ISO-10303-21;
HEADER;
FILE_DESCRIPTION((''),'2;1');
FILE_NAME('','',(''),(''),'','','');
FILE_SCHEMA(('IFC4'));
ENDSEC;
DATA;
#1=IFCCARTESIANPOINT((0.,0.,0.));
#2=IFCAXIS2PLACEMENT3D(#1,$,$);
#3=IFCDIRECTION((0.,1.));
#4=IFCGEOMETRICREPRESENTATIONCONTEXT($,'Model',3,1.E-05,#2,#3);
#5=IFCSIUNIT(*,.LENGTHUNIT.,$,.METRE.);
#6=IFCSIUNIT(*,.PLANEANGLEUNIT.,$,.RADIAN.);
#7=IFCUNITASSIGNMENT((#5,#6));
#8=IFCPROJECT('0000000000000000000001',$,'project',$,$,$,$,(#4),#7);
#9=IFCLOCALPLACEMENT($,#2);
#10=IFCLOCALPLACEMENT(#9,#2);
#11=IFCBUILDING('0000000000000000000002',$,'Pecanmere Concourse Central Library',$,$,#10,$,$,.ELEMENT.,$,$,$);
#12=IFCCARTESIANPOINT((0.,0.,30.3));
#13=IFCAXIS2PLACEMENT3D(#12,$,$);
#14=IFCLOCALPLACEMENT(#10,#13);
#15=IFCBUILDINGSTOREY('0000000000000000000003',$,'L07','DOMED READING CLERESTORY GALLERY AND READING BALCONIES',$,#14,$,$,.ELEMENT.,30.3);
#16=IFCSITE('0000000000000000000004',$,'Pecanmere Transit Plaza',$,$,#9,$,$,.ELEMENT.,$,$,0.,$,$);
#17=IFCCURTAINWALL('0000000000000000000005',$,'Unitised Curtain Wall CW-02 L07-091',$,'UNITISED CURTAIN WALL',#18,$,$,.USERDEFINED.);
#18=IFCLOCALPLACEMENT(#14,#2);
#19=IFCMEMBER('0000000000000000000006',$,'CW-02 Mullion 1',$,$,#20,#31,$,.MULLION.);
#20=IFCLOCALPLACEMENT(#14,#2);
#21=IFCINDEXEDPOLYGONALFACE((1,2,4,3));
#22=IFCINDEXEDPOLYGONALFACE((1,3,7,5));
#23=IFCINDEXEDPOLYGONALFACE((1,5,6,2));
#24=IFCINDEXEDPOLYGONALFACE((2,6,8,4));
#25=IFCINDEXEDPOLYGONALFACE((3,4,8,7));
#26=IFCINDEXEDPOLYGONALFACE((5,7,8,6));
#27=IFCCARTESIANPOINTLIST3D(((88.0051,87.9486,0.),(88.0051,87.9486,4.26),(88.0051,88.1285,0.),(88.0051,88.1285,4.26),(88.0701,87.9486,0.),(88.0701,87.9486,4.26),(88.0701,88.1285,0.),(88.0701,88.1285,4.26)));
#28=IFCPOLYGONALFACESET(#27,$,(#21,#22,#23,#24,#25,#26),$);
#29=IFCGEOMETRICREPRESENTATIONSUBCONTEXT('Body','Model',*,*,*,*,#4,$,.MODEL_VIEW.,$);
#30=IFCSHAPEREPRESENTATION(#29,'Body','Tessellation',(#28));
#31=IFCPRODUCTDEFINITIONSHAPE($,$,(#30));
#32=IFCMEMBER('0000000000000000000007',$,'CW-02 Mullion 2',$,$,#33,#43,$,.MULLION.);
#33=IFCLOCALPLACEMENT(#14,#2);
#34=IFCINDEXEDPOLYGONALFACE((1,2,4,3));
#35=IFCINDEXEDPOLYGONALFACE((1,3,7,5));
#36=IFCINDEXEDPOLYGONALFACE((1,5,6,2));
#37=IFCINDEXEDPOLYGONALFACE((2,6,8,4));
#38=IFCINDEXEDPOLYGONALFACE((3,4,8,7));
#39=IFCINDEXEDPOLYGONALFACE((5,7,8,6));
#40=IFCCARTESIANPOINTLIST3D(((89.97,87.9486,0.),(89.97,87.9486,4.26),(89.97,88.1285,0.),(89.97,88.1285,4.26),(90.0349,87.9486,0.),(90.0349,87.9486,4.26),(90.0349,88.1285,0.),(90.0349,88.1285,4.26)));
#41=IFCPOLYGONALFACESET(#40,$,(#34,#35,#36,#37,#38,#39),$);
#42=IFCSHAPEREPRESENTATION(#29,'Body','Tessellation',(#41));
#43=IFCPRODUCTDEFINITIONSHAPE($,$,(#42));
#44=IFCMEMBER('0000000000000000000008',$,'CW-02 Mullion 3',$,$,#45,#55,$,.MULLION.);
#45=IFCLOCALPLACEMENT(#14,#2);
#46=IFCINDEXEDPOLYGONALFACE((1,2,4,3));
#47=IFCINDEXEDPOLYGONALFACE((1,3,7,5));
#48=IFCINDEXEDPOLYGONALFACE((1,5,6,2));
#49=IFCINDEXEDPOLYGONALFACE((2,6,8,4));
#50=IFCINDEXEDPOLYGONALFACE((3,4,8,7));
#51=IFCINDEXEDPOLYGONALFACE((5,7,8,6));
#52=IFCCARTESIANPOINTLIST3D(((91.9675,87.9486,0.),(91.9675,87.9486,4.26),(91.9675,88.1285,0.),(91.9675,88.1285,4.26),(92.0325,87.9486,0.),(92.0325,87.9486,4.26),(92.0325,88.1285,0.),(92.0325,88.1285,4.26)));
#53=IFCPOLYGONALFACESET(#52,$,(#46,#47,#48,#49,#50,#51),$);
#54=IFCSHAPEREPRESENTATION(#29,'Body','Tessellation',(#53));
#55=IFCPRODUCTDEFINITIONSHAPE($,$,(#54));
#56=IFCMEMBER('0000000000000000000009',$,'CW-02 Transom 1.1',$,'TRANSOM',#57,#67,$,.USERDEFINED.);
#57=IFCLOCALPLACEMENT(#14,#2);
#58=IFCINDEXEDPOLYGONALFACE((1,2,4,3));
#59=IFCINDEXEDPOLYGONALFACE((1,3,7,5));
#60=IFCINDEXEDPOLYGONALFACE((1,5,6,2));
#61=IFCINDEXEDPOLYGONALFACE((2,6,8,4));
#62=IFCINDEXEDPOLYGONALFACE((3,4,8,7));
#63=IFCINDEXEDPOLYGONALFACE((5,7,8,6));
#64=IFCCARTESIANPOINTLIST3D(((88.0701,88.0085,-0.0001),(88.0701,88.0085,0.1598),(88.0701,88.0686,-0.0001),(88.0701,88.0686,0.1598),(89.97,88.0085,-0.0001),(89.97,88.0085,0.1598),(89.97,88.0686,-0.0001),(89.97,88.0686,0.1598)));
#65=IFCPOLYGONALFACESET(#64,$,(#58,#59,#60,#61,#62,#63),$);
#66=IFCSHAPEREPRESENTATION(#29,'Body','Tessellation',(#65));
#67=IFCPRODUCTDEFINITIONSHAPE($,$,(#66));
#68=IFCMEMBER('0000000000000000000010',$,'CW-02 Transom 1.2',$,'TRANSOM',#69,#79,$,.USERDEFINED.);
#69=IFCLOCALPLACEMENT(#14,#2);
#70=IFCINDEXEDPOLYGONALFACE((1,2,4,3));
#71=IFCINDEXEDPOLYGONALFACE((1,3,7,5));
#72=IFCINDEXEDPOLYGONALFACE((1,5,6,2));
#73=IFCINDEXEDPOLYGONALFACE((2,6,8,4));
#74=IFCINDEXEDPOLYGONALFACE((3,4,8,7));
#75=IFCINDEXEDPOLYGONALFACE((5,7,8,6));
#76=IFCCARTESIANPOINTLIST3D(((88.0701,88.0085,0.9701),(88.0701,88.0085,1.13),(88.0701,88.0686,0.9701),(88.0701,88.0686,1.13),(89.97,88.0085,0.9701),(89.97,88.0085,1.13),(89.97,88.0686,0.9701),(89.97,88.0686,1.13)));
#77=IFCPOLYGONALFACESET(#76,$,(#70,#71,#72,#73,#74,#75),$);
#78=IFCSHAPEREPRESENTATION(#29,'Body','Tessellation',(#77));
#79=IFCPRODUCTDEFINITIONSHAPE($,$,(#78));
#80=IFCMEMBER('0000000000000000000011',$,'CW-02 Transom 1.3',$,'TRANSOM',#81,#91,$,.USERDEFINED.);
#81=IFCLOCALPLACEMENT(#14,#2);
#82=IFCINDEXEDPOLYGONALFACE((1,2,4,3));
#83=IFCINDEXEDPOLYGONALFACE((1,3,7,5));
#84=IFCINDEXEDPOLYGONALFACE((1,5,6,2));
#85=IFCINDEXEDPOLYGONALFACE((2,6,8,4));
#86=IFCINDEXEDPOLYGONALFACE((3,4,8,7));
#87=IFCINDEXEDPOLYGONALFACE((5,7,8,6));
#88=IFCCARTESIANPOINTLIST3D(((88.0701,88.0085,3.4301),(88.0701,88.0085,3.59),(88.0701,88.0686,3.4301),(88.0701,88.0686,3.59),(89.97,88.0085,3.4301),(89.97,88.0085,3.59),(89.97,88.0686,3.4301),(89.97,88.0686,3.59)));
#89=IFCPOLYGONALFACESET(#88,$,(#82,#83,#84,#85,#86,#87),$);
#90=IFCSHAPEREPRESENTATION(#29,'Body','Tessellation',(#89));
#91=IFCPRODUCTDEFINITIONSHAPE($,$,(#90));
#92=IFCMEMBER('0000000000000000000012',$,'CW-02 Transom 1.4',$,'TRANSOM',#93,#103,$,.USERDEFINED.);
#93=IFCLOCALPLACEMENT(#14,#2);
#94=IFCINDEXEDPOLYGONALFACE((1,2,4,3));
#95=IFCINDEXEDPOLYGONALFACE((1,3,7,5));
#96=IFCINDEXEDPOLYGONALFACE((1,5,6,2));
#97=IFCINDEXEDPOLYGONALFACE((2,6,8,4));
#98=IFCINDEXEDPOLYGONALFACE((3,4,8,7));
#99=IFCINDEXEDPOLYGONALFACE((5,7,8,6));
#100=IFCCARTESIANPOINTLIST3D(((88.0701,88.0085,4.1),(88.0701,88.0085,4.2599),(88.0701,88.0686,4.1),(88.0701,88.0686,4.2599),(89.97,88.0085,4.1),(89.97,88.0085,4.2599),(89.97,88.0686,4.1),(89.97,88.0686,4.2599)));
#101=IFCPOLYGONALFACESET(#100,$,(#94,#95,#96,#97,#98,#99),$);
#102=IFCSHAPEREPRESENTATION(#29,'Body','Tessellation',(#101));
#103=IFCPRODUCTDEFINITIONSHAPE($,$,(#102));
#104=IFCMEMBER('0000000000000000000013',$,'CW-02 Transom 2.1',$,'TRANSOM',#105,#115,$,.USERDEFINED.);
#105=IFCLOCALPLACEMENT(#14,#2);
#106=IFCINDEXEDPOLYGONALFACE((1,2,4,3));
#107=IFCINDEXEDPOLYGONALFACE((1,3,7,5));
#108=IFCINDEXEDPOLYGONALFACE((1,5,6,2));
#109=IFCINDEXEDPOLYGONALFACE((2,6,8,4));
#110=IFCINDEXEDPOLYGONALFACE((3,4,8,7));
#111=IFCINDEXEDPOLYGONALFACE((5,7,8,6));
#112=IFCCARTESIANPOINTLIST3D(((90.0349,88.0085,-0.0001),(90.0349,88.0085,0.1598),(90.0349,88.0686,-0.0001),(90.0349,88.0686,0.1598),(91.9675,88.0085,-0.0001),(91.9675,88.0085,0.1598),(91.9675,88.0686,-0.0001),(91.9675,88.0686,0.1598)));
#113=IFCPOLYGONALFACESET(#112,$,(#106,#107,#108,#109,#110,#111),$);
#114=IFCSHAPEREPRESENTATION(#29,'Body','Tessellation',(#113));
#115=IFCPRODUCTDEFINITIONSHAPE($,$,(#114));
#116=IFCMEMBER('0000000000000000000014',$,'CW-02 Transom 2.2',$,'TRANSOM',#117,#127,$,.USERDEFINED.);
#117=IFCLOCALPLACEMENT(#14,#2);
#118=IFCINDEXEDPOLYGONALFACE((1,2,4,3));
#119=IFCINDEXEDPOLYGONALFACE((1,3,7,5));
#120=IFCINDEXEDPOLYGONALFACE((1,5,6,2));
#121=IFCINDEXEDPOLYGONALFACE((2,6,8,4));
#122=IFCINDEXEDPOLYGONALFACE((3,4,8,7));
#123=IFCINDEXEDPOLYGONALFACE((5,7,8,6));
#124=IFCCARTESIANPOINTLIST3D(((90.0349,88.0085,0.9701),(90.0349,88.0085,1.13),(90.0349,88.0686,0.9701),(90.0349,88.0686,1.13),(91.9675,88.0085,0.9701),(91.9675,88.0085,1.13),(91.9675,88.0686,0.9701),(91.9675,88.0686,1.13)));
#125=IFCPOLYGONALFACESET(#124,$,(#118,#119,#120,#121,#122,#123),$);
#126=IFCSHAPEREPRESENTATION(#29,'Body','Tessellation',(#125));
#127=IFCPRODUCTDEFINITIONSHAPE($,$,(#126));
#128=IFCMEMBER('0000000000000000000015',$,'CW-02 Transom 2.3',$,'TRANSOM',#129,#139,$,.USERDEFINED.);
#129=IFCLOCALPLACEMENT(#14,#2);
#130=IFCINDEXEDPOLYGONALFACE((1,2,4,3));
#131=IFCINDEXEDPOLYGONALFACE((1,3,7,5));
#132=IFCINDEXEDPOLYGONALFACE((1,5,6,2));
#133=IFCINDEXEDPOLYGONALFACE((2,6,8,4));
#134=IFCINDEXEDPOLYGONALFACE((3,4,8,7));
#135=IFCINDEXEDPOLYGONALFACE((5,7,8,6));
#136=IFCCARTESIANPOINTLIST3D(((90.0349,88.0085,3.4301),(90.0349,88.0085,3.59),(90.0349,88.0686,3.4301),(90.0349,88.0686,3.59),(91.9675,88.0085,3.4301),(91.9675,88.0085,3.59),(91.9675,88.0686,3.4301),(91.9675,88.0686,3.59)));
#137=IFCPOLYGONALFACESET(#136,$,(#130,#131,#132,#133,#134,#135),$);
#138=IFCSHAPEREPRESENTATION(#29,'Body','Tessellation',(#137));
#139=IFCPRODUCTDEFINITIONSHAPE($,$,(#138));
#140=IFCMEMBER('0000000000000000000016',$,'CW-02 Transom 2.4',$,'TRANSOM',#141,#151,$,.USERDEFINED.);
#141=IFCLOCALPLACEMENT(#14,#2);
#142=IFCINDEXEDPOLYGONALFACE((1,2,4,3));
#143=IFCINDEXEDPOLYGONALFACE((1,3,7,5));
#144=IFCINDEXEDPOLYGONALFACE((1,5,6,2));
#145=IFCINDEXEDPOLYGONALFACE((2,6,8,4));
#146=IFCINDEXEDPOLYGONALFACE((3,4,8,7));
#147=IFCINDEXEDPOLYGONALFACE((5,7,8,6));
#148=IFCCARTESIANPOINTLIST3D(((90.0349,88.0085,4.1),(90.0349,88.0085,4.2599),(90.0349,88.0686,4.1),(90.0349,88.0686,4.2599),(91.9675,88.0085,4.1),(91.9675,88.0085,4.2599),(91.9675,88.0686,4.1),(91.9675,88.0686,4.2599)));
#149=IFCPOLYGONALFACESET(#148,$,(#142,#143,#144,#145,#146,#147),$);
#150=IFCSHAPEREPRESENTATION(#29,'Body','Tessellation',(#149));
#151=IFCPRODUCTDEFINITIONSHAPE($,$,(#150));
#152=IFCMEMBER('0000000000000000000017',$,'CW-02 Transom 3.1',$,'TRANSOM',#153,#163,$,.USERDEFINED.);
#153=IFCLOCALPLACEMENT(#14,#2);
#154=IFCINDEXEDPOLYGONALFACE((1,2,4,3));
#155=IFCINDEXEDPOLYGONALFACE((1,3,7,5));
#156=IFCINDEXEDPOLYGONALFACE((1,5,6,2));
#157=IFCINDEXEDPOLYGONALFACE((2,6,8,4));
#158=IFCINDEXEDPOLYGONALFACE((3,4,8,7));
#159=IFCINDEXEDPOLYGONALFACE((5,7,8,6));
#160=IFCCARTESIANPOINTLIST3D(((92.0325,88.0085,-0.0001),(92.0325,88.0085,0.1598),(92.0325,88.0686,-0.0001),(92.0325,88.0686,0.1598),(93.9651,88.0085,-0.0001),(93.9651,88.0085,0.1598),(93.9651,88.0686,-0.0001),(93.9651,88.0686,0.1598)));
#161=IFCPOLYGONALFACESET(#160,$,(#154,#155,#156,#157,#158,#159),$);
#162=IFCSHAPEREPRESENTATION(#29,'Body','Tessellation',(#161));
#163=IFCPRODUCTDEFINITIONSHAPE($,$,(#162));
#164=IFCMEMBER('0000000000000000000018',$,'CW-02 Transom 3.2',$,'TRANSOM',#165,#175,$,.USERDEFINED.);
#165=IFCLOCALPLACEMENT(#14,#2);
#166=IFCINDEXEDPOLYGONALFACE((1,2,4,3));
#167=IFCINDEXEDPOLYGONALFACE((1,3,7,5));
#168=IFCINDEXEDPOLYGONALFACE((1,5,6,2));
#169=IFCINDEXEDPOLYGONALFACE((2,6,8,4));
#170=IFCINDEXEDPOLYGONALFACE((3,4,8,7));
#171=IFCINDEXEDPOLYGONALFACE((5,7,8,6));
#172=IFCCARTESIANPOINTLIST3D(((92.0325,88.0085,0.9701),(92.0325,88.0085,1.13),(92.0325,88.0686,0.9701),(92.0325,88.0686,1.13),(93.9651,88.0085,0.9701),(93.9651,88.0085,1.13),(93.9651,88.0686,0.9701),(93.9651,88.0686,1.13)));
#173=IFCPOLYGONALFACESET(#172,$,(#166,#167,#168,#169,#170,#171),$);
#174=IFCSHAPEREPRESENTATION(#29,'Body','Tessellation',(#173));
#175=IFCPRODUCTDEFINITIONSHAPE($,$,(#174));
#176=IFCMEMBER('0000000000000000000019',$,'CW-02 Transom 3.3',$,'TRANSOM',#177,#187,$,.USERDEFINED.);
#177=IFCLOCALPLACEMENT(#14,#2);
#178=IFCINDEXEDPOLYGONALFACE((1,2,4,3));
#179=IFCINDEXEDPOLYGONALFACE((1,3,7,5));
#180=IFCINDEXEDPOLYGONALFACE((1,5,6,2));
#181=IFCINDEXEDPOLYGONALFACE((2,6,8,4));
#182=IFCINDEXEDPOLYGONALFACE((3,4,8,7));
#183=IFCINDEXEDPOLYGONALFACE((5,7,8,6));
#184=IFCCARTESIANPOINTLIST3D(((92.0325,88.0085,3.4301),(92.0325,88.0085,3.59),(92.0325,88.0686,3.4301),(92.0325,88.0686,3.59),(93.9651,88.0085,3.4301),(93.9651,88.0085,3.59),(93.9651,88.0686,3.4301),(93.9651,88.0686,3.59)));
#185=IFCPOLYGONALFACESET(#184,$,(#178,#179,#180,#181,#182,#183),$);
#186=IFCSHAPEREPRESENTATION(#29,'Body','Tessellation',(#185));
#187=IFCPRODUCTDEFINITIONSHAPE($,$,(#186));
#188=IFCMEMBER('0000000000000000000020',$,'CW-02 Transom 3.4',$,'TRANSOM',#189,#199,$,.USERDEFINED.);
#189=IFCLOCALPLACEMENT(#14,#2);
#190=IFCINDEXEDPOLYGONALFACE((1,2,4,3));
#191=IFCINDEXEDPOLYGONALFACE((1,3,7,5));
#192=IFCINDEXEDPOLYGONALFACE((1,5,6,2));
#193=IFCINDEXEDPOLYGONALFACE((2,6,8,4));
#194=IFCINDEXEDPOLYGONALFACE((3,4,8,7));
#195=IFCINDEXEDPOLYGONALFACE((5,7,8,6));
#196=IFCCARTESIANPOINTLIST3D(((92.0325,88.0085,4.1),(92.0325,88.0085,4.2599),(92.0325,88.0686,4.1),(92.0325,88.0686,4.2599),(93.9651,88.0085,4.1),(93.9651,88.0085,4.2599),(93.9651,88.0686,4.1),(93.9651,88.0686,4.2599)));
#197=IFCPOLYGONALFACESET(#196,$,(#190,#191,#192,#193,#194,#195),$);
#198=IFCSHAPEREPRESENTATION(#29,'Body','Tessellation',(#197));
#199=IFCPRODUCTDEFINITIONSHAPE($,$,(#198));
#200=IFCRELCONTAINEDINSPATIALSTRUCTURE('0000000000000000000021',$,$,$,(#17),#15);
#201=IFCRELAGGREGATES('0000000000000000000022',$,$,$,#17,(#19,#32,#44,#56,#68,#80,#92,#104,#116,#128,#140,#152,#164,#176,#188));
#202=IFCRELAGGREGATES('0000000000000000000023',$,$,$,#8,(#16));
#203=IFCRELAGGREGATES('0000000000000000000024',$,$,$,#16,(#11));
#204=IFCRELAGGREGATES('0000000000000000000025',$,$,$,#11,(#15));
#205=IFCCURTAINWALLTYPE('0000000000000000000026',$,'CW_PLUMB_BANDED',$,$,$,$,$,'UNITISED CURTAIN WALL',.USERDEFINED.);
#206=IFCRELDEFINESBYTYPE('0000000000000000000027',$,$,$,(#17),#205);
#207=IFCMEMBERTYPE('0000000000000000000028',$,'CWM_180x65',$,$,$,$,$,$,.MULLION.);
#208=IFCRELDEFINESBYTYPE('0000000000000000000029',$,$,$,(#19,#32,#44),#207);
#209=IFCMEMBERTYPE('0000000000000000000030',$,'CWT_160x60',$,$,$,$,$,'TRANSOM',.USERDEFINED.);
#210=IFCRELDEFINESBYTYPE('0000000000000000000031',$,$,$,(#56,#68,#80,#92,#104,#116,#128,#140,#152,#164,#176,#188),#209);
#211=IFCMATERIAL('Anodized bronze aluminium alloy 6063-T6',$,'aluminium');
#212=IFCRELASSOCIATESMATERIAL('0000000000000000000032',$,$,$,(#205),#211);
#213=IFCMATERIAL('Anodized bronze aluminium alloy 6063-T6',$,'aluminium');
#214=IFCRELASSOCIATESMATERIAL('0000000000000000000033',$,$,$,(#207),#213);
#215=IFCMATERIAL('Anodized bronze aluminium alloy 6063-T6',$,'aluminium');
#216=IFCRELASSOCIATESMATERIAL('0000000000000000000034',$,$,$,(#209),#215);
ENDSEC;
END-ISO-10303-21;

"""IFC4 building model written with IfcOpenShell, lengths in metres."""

from ifc_helpers import new_model, si_unit, direction, frame, origin, origin_2d, place, context, subcontext, project, spatial, rectangle, extrude, material, material_profile, profile_set, type_object, element, aggregate, save


model = new_model("IFC4")

# Units and contexts
model_context = context("Model", 3, precision=1e-05, world=origin(), true_north=direction((0.0, 1.0)))
body_context = subcontext(model_context, "Body", "Model", "MODEL_VIEW")
ifc_project = project(units=[si_unit("LENGTHUNIT", "METRE"), si_unit("PLANEANGLEUNIT", "RADIAN")], contexts=[model_context])

# Site, building, storey
site_placement = place(None, origin())
site = spatial("IfcSite", under=ifc_project, at=site_placement, Name="Pecanmere Transit Plaza", CompositionType="ELEMENT", RefElevation=0.0)
building_placement = place(site_placement, origin())
building = spatial("IfcBuilding", under=site, at=building_placement, Name="Pecanmere Concourse Central Library", CompositionType="ELEMENT")
storey_placement = place(building_placement, frame((0.0, 0.0, 30.3)))
storey = spatial("IfcBuildingStorey", under=building, at=storey_placement, Name="L07", Description="DOMED READING CLERESTORY GALLERY AND READING BALCONIES", CompositionType="ELEMENT", Elevation=30.3)

# Curtain wall, members
ifc_material_1 = material(Name="Anodized bronze aluminium alloy 6063-T6", Category="aluminium")
curtain_wall_type = type_object("IfcCurtainWallType", Name="CW_PLUMB_BANDED", ElementType="UNITISED CURTAIN WALL", PredefinedType="USERDEFINED", material=ifc_material_1)
curtain_wall_placement = place(storey_placement, origin())
curtain_wall = element("IfcCurtainWall", 1, at=curtain_wall_placement, inside=storey, type_object=curtain_wall_type, Name="Unitised Curtain Wall CW-02 L07-091", ObjectType="UNITISED CURTAIN WALL", PredefinedType="USERDEFINED")
ifc_material_2 = material(Name="Anodized bronze aluminium alloy 6063-T6", Category="aluminium")
ifc_material_profile_1 = material_profile(ifc_material_2, rectangle(XDim=0.0649, YDim=0.1799, at=origin_2d()), Name="AL 65x180")
ifc_profile_set_1 = profile_set([ifc_material_profile_1], Name="Anodized bronze aluminium alloy 6063-T6")
member_type_1 = type_object("IfcMemberType", Name="CWM_180x65", PredefinedType="MULLION", material=ifc_profile_set_1)
member_1_placement = place(storey_placement, frame((88.0376, 88.0386, 0.0), z_axis=(0.0, 0.0, 1.0), x_axis=(1.0, 0.0, 0.0)))
member_1 = element("IfcMember", 2, at=member_1_placement, type_object=member_type_1, Name="CW-02 Mullion 1", PredefinedType="MULLION", context=body_context, shape_type="SweptSolid", body=[
    extrude(rectangle(XDim=0.0649, YDim=0.1799, at=origin_2d()), origin(), (0.0, 0.0, 1.0), 4.26),
])
member_2_placement = place(storey_placement, frame((90.0024, 88.0386, 0.0), z_axis=(0.0, 0.0, 1.0), x_axis=(1.0, 0.0, 0.0)))
member_2 = element("IfcMember", 3, at=member_2_placement, type_object=member_type_1, Name="CW-02 Mullion 2", PredefinedType="MULLION", context=body_context, shape_type="SweptSolid", body=[
    extrude(rectangle(XDim=0.0649, YDim=0.1799, at=origin_2d()), origin(), (0.0, 0.0, 1.0), 4.26),
])
member_3_placement = place(storey_placement, frame((92.0, 88.0386, 0.0), z_axis=(0.0, 0.0, 1.0), x_axis=(1.0, 0.0, 0.0)))
member_3 = element("IfcMember", 4, at=member_3_placement, type_object=member_type_1, Name="CW-02 Mullion 3", PredefinedType="MULLION", context=body_context, shape_type="SweptSolid", body=[
    extrude(rectangle(XDim=0.0649, YDim=0.1799, at=origin_2d()), origin(), (0.0, 0.0, 1.0), 4.26),
])
ifc_material_3 = material(Name="Anodized bronze aluminium alloy 6063-T6", Category="aluminium")
ifc_material_profile_2 = material_profile(ifc_material_3, rectangle(XDim=0.0601, YDim=0.1599, at=origin_2d()), Name="AL 60x160")
ifc_profile_set_2 = profile_set([ifc_material_profile_2], Name="Anodized bronze aluminium alloy 6063-T6")
member_type_2 = type_object("IfcMemberType", Name="CWT_160x60", ElementType="TRANSOM", PredefinedType="USERDEFINED", material=ifc_profile_set_2)
member_4_placement = place(storey_placement, frame((88.0701, 88.0386, 0.0798), z_axis=(1.0, 0.0, 0.0), x_axis=(0.0, 1.0, 0.0)))
member_4 = element("IfcMember", 5, at=member_4_placement, type_object=member_type_2, Name="CW-02 Transom 1.1", ObjectType="TRANSOM", PredefinedType="USERDEFINED", context=body_context, shape_type="SweptSolid", body=[
    extrude(rectangle(XDim=0.0601, YDim=0.1599, at=origin_2d()), origin(), (0.0, 0.0, 1.0), 1.8999),
])
member_5_placement = place(storey_placement, frame((88.0701, 88.0386, 1.05), z_axis=(1.0, 0.0, 0.0), x_axis=(0.0, 1.0, 0.0)))
member_5 = element("IfcMember", 6, at=member_5_placement, type_object=member_type_2, Name="CW-02 Transom 1.2", ObjectType="TRANSOM", PredefinedType="USERDEFINED", context=body_context, shape_type="SweptSolid", body=[
    extrude(rectangle(XDim=0.0601, YDim=0.1599, at=origin_2d()), origin(), (0.0, 0.0, 1.0), 1.8999),
])
member_6_placement = place(storey_placement, frame((88.0701, 88.0386, 3.51), z_axis=(1.0, 0.0, 0.0), x_axis=(0.0, 1.0, 0.0)))
member_6 = element("IfcMember", 7, at=member_6_placement, type_object=member_type_2, Name="CW-02 Transom 1.3", ObjectType="TRANSOM", PredefinedType="USERDEFINED", context=body_context, shape_type="SweptSolid", body=[
    extrude(rectangle(XDim=0.0601, YDim=0.1599, at=origin_2d()), origin(), (0.0, 0.0, 1.0), 1.8999),
])
member_7_placement = place(storey_placement, frame((88.0701, 88.0386, 4.1799), z_axis=(1.0, 0.0, 0.0), x_axis=(0.0, 1.0, 0.0)))
member_7 = element("IfcMember", 8, at=member_7_placement, type_object=member_type_2, Name="CW-02 Transom 1.4", ObjectType="TRANSOM", PredefinedType="USERDEFINED", context=body_context, shape_type="SweptSolid", body=[
    extrude(rectangle(XDim=0.0601, YDim=0.1599, at=origin_2d()), origin(), (0.0, 0.0, 1.0), 1.8999),
])
member_8_placement = place(storey_placement, frame((90.0349, 88.0386, 0.0798), z_axis=(1.0, 0.0, 0.0), x_axis=(0.0, 1.0, 0.0)))
member_8 = element("IfcMember", 9, at=member_8_placement, type_object=member_type_2, Name="CW-02 Transom 2.1", ObjectType="TRANSOM", PredefinedType="USERDEFINED", context=body_context, shape_type="SweptSolid", body=[
    extrude(rectangle(XDim=0.0601, YDim=0.1599, at=origin_2d()), origin(), (0.0, 0.0, 1.0), 1.9326),
])
member_9_placement = place(storey_placement, frame((90.0349, 88.0386, 1.05), z_axis=(1.0, 0.0, 0.0), x_axis=(0.0, 1.0, 0.0)))
member_9 = element("IfcMember", 10, at=member_9_placement, type_object=member_type_2, Name="CW-02 Transom 2.2", ObjectType="TRANSOM", PredefinedType="USERDEFINED", context=body_context, shape_type="SweptSolid", body=[
    extrude(rectangle(XDim=0.0601, YDim=0.1599, at=origin_2d()), origin(), (0.0, 0.0, 1.0), 1.9326),
])
member_10_placement = place(storey_placement, frame((90.0349, 88.0386, 3.51), z_axis=(1.0, 0.0, 0.0), x_axis=(0.0, 1.0, 0.0)))
member_10 = element("IfcMember", 11, at=member_10_placement, type_object=member_type_2, Name="CW-02 Transom 2.3", ObjectType="TRANSOM", PredefinedType="USERDEFINED", context=body_context, shape_type="SweptSolid", body=[
    extrude(rectangle(XDim=0.0601, YDim=0.1599, at=origin_2d()), origin(), (0.0, 0.0, 1.0), 1.9326),
])
member_11_placement = place(storey_placement, frame((90.0349, 88.0386, 4.1799), z_axis=(1.0, 0.0, 0.0), x_axis=(0.0, 1.0, 0.0)))
member_11 = element("IfcMember", 12, at=member_11_placement, type_object=member_type_2, Name="CW-02 Transom 2.4", ObjectType="TRANSOM", PredefinedType="USERDEFINED", context=body_context, shape_type="SweptSolid", body=[
    extrude(rectangle(XDim=0.0601, YDim=0.1599, at=origin_2d()), origin(), (0.0, 0.0, 1.0), 1.9326),
])
member_12_placement = place(storey_placement, frame((92.0325, 88.0386, 0.0798), z_axis=(1.0, 0.0, 0.0), x_axis=(0.0, 1.0, 0.0)))
member_12 = element("IfcMember", 13, at=member_12_placement, type_object=member_type_2, Name="CW-02 Transom 3.1", ObjectType="TRANSOM", PredefinedType="USERDEFINED", context=body_context, shape_type="SweptSolid", body=[
    extrude(rectangle(XDim=0.0601, YDim=0.1599, at=origin_2d()), origin(), (0.0, 0.0, 1.0), 1.9326),
])
member_13_placement = place(storey_placement, frame((92.0325, 88.0386, 1.05), z_axis=(1.0, 0.0, 0.0), x_axis=(0.0, 1.0, 0.0)))
member_13 = element("IfcMember", 14, at=member_13_placement, type_object=member_type_2, Name="CW-02 Transom 3.2", ObjectType="TRANSOM", PredefinedType="USERDEFINED", context=body_context, shape_type="SweptSolid", body=[
    extrude(rectangle(XDim=0.0601, YDim=0.1599, at=origin_2d()), origin(), (0.0, 0.0, 1.0), 1.9326),
])
member_14_placement = place(storey_placement, frame((92.0325, 88.0386, 3.51), z_axis=(1.0, 0.0, 0.0), x_axis=(0.0, 1.0, 0.0)))
member_14 = element("IfcMember", 15, at=member_14_placement, type_object=member_type_2, Name="CW-02 Transom 3.3", ObjectType="TRANSOM", PredefinedType="USERDEFINED", context=body_context, shape_type="SweptSolid", body=[
    extrude(rectangle(XDim=0.0601, YDim=0.1599, at=origin_2d()), origin(), (0.0, 0.0, 1.0), 1.9326),
])
member_15_placement = place(storey_placement, frame((92.0325, 88.0386, 4.1799), z_axis=(1.0, 0.0, 0.0), x_axis=(0.0, 1.0, 0.0)))
member_15 = element("IfcMember", 16, at=member_15_placement, type_object=member_type_2, Name="CW-02 Transom 3.4", ObjectType="TRANSOM", PredefinedType="USERDEFINED", context=body_context, shape_type="SweptSolid", body=[
    extrude(rectangle(XDim=0.0601, YDim=0.1599, at=origin_2d()), origin(), (0.0, 0.0, 1.0), 1.9326),
])
aggregate(curtain_wall, [member_1, member_2, member_3, member_4, member_5, member_6, member_7, member_8, member_9, member_10, member_11, member_12, member_13, member_14, member_15])

save(model, "model.ifc")
